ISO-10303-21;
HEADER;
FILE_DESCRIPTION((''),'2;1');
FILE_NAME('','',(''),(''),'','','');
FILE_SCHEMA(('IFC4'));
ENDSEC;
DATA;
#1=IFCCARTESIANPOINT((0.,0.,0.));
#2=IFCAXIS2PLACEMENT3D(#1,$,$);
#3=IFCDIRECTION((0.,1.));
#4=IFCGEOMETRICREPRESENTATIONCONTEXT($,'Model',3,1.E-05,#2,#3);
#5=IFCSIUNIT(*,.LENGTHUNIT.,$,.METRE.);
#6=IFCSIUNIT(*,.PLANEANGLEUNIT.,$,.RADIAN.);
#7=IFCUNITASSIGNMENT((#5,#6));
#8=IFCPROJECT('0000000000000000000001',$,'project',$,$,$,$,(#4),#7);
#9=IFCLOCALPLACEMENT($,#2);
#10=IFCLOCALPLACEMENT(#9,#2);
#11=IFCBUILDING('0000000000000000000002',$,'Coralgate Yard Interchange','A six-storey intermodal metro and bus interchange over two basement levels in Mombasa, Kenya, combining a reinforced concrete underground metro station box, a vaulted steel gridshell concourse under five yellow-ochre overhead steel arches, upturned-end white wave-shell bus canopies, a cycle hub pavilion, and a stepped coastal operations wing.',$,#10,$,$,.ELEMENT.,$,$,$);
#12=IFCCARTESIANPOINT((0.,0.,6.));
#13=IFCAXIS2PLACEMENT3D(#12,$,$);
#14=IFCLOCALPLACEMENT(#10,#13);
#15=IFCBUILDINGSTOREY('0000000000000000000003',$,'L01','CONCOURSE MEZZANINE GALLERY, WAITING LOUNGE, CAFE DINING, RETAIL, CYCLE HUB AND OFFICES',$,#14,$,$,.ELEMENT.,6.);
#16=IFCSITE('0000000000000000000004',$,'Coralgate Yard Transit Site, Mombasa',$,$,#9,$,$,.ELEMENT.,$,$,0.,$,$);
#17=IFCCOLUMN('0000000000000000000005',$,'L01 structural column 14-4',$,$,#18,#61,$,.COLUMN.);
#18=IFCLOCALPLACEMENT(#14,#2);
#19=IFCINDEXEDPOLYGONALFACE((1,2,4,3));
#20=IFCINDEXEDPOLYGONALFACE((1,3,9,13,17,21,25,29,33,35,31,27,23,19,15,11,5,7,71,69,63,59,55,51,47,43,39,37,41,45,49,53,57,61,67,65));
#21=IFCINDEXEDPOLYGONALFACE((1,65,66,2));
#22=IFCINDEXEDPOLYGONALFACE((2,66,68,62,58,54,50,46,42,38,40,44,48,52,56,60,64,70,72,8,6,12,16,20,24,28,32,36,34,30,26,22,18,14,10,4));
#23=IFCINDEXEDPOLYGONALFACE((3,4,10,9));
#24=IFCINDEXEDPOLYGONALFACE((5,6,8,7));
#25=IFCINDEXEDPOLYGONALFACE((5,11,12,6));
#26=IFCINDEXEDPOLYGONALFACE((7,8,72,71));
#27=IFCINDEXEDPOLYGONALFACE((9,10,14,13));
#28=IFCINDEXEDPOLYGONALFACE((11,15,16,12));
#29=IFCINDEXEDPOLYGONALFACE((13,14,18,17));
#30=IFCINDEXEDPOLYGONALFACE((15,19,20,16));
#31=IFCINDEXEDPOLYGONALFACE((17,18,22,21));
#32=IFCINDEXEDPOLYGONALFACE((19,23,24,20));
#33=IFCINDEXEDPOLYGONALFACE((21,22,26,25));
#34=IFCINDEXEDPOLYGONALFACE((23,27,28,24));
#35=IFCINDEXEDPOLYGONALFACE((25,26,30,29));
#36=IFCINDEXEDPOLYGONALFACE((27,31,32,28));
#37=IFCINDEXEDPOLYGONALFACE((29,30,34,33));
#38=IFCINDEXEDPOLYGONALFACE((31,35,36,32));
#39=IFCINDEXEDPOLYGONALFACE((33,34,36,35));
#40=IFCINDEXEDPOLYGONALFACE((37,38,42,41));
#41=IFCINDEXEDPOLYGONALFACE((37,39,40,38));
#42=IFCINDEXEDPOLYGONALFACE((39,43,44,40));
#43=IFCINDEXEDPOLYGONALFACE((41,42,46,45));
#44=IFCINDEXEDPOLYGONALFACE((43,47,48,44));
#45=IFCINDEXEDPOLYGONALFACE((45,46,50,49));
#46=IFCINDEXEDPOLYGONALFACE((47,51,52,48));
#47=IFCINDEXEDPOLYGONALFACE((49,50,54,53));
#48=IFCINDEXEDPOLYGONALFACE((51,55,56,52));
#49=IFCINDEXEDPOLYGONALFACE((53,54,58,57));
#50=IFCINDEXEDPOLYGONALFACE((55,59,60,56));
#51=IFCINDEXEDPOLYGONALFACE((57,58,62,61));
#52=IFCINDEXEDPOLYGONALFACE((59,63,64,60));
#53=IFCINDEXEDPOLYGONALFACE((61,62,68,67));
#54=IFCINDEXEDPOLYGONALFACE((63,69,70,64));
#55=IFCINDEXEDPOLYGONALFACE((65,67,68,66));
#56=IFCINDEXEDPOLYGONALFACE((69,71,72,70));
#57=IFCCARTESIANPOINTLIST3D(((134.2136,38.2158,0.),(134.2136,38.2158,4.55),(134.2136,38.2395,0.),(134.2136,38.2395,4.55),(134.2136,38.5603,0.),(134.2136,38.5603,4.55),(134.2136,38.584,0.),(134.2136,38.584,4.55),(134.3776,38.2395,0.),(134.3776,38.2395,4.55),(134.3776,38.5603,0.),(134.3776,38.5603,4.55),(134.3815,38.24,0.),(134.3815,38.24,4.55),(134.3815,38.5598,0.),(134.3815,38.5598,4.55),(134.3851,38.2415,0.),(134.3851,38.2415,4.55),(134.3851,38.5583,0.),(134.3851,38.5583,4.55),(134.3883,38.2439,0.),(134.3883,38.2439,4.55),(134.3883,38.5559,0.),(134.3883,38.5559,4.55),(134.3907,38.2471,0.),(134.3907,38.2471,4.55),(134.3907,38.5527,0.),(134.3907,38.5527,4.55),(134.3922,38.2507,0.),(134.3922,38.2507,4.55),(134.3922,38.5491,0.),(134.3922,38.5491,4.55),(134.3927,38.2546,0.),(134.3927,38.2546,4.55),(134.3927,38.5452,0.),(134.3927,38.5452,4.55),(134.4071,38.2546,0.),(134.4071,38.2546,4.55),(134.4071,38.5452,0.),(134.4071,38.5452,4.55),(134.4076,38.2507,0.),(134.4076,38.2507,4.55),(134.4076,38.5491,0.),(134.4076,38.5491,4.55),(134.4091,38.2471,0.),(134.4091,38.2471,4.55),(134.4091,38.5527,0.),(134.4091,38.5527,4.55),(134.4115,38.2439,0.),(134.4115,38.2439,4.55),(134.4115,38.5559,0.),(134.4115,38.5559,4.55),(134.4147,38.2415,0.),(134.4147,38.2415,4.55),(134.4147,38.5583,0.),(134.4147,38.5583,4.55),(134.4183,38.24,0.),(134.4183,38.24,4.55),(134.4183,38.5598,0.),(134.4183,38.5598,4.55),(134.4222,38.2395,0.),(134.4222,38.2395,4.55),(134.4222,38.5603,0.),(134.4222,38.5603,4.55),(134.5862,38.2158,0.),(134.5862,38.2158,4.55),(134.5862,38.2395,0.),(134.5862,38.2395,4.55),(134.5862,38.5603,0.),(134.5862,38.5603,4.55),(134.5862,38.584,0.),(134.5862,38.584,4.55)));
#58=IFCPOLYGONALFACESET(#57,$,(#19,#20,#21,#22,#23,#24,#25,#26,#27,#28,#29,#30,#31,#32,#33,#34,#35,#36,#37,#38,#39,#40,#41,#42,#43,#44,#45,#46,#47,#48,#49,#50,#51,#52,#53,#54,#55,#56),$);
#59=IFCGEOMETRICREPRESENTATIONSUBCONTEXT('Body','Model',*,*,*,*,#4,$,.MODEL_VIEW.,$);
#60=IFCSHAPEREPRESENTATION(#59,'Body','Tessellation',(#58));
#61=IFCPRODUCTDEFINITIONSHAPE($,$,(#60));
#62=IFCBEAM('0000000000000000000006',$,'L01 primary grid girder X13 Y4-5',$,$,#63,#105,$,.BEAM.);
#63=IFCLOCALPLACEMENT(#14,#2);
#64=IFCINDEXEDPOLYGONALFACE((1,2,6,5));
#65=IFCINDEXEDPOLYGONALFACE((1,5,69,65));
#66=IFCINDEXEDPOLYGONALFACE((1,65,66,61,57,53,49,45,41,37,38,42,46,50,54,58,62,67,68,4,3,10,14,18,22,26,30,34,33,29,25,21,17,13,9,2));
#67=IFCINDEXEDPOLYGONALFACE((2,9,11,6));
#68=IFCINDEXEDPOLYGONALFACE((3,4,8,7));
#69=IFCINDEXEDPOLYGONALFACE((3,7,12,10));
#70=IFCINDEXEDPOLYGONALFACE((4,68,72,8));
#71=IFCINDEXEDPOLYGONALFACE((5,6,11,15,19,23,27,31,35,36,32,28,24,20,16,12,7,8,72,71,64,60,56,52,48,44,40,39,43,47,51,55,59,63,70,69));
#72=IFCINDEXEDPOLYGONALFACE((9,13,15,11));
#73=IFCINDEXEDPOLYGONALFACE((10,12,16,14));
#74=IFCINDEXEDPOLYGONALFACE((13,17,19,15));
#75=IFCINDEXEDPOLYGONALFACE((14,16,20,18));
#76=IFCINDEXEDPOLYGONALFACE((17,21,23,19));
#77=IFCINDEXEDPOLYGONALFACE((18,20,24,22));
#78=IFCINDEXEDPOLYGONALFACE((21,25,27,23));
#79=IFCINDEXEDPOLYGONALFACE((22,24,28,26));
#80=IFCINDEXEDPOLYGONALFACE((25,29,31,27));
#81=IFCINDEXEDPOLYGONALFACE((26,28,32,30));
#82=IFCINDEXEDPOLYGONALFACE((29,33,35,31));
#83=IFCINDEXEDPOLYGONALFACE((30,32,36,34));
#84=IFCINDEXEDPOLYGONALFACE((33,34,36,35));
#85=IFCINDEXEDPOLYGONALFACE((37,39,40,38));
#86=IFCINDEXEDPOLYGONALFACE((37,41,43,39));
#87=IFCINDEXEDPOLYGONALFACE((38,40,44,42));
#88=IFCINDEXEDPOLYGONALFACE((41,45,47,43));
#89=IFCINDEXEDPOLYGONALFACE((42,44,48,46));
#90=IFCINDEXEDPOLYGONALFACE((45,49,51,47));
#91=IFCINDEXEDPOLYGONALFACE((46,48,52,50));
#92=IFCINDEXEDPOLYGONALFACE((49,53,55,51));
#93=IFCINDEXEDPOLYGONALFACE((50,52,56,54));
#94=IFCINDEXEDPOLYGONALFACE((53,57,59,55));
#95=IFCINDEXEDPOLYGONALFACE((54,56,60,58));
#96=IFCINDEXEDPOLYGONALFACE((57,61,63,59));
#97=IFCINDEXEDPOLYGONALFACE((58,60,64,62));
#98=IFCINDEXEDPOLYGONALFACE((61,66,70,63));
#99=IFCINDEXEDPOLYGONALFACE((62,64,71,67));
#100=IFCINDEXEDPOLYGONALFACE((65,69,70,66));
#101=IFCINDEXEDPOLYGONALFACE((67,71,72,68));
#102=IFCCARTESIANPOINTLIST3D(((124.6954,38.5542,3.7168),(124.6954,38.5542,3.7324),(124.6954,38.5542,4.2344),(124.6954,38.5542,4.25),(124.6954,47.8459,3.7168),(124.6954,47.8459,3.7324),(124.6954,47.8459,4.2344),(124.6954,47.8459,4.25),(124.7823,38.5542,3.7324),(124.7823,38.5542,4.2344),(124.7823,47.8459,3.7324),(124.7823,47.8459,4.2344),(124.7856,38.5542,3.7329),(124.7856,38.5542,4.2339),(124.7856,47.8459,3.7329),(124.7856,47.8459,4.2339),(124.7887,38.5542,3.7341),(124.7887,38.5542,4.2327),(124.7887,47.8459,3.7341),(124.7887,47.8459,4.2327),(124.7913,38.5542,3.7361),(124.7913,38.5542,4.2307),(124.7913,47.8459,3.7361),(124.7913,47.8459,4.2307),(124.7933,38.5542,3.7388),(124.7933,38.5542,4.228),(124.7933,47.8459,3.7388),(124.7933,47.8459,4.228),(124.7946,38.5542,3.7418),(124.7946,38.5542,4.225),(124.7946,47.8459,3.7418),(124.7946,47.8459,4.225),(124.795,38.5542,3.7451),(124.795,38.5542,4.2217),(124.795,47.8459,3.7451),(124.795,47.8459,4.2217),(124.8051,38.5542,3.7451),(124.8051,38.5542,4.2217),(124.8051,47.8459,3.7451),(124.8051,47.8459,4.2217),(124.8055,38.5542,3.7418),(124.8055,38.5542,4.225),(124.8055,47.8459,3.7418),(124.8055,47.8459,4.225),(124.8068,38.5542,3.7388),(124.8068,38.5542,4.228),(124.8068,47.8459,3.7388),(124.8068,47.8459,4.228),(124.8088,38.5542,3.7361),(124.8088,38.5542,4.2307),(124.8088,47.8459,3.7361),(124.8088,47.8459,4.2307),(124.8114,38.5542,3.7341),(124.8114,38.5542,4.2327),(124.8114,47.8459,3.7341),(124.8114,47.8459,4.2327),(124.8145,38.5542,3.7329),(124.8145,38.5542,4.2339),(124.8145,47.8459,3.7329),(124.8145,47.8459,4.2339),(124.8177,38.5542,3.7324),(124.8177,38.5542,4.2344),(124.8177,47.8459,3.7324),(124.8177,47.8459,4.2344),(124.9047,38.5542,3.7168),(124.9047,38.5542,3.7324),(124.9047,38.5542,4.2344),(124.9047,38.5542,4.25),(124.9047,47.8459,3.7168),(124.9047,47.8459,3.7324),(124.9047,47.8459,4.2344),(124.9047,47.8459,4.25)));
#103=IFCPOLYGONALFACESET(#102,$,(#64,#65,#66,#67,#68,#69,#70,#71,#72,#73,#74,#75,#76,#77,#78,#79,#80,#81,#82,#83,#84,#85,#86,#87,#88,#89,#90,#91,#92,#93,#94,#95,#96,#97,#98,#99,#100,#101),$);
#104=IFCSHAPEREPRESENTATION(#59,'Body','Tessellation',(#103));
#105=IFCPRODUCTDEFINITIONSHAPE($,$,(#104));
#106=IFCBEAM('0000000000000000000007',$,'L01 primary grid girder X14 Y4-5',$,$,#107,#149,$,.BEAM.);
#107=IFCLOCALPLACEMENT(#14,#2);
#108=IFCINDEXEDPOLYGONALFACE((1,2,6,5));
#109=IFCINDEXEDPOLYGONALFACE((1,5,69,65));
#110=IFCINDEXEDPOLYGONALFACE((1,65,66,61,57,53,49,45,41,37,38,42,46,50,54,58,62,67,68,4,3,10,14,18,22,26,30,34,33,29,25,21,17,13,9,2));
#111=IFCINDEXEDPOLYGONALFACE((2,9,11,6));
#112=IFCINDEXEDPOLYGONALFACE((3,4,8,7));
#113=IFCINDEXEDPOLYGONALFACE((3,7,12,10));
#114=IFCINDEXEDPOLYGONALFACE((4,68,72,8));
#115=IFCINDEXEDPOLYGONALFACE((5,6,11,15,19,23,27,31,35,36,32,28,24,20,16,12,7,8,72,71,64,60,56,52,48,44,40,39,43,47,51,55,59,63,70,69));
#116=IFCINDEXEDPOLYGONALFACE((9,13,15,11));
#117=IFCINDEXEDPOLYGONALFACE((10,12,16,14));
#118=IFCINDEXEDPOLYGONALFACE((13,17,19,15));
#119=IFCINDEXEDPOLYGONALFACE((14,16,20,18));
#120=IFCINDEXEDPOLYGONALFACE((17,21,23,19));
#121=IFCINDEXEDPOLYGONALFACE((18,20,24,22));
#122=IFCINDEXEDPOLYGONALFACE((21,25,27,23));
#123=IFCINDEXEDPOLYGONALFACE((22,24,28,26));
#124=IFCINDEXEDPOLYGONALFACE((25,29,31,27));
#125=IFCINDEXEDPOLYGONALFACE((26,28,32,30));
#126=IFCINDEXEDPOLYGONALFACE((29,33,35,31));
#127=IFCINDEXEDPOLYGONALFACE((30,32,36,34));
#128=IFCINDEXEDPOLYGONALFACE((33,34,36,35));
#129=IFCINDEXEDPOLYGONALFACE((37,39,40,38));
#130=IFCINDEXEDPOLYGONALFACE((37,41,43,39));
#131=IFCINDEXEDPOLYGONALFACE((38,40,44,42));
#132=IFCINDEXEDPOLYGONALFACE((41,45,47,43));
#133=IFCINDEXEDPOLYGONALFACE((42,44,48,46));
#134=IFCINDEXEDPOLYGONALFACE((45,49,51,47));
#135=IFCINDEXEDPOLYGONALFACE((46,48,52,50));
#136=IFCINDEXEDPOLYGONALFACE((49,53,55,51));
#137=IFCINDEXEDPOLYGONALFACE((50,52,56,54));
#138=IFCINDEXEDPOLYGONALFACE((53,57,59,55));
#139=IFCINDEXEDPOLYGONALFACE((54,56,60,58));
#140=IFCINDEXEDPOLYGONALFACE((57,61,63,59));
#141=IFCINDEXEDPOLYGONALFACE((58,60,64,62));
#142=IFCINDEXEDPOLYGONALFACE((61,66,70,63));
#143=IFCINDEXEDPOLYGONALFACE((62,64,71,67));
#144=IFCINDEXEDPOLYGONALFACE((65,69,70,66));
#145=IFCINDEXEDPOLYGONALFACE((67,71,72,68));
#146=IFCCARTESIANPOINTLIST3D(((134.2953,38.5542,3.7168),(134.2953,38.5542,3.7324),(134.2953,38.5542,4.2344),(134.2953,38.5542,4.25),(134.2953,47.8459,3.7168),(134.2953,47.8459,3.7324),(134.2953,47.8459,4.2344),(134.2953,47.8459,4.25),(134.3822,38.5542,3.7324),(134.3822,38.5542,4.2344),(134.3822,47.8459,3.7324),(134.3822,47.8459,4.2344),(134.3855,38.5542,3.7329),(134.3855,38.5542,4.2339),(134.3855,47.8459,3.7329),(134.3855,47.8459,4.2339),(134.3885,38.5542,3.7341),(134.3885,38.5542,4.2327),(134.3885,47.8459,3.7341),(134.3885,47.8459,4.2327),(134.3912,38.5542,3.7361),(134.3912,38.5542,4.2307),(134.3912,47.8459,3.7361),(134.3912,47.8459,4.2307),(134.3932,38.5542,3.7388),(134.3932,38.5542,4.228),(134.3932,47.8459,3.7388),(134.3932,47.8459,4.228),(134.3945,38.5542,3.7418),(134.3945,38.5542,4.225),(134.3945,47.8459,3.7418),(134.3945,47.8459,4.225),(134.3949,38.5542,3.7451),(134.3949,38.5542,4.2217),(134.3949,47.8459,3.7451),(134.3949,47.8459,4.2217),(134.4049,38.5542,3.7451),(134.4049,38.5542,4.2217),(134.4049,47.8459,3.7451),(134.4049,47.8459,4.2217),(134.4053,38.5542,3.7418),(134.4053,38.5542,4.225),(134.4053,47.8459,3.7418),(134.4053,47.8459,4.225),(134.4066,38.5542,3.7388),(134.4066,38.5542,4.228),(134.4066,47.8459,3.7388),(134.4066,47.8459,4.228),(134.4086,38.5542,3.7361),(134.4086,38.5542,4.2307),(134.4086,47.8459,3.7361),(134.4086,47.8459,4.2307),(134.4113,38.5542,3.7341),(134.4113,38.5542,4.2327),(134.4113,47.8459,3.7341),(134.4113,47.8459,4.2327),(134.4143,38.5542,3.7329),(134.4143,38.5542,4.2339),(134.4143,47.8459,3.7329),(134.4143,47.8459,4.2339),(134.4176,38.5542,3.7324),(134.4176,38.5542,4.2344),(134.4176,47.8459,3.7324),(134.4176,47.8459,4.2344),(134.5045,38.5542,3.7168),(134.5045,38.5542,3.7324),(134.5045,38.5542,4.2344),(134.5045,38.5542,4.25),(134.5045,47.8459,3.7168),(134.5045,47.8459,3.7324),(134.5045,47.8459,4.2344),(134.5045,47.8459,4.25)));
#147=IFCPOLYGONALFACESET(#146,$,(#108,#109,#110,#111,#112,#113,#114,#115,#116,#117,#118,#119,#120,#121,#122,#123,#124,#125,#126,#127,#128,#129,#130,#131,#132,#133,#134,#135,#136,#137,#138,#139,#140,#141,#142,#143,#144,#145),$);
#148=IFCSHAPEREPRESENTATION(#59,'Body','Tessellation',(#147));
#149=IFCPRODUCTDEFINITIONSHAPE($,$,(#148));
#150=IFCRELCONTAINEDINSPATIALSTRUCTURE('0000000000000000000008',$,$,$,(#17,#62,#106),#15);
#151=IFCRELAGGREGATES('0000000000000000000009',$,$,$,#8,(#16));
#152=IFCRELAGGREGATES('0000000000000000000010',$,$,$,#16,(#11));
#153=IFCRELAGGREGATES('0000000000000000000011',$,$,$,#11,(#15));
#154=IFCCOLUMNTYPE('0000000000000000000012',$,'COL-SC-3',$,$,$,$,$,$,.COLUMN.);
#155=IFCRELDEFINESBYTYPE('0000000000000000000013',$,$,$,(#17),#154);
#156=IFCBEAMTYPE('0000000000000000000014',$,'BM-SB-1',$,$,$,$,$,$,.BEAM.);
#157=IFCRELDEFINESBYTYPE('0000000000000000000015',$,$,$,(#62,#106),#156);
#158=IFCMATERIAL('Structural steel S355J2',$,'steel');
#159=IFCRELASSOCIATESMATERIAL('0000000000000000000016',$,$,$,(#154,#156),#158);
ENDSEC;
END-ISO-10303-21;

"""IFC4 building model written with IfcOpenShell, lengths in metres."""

from ifc_helpers import new_model, si_unit, direction, frame, origin, origin_2d, place, context, subcontext, project, spatial, i_section, extrude, material, material_profile, profile_set, type_object, element, save


model = new_model("IFC4")

# Units and contexts
model_context = context("Model", 3, precision=1e-05, world=origin(), true_north=direction((0.0, 1.0)))
body_context = subcontext(model_context, "Body", "Model", "MODEL_VIEW")
ifc_project = project(units=[si_unit("LENGTHUNIT", "METRE"), si_unit("PLANEANGLEUNIT", "RADIAN")], contexts=[model_context])

# Site, building, storey
site_placement = place(None, origin())
site = spatial("IfcSite", under=ifc_project, at=site_placement, Name="Coralgate Yard Transit Site, Mombasa", CompositionType="ELEMENT", RefElevation=0.0)
building_placement = place(site_placement, origin())
building = spatial("IfcBuilding", under=site, at=building_placement, Name="Coralgate Yard Interchange", Description="A six-storey intermodal metro and bus interchange over two basement levels in Mombasa, Kenya, combining a reinforced concrete underground metro station box, a vaulted steel gridshell concourse under five yellow-ochre overhead steel arches, upturned-end white wave-shell bus canopies, a cycle hub pavilion, and a stepped coastal operations wing.", CompositionType="ELEMENT")
storey_placement = place(building_placement, frame((0.0, 0.0, 6.0)))
storey = spatial("IfcBuildingStorey", under=building, at=storey_placement, Name="L01", Description="CONCOURSE MEZZANINE GALLERY, WAITING LOUNGE, CAFE DINING, RETAIL, CYCLE HUB AND OFFICES", CompositionType="ELEMENT", Elevation=6.0)

# Column
ifc_material_1 = material(Name="Structural steel S355J2", Category="steel")
ifc_material_profile_1 = material_profile(ifc_material_1, i_section(OverallWidth=0.3726, OverallDepth=0.3682, WebThickness=0.0144, FlangeThickness=0.0237, FilletRadius=0.0151, at=origin_2d()), Name="UC 356x368x177")
ifc_profile_set_1 = profile_set([ifc_material_profile_1], Name="Structural steel S355J2")
column_type = type_object("IfcColumnType", Name="COL-SC-3", PredefinedType="COLUMN", material=ifc_profile_set_1)
column_placement = place(storey_placement, frame((134.3999, 38.3999, 0.0), z_axis=(0.0, 0.0, 1.0), x_axis=(1.0, 0.0, 0.0)))
element("IfcColumn", 1, at=column_placement, inside=storey, type_object=column_type, Name="L01 structural column 14-4", PredefinedType="COLUMN", context=body_context, shape_type="SweptSolid", body=[
    extrude(i_section(OverallWidth=0.3726, OverallDepth=0.3682, WebThickness=0.0144, FlangeThickness=0.0237, FilletRadius=0.0151, at=origin_2d()), origin(), (0.0, 0.0, 1.0), 4.55),
])

# Beams
ifc_material_profile_2 = material_profile(ifc_material_1, i_section(OverallWidth=0.2092, OverallDepth=0.5332, WebThickness=0.01, FlangeThickness=0.0156, FilletRadius=0.0127, at=origin_2d()), Name="UB 533x210x92")
ifc_profile_set_2 = profile_set([ifc_material_profile_2], Name="Structural steel S355J2")
beam_type = type_object("IfcBeamType", Name="BM-SB-1", PredefinedType="BEAM", material=ifc_profile_set_2)
for number, where, z_axis, x_axis, name in (
    (2, (124.8, 38.5542, 3.9834), (0.0, 1.0, 0.0), (-1.0, 0.0, 0.0), "L01 primary grid girder X13 Y4-5"),
    (3, (134.3999, 38.5542, 3.9834), (0.0, 1.0, 0.0), (-1.0, 0.0, 0.0), "L01 primary grid girder X14 Y4-5"),
):
    element("IfcBeam", number, at=place(storey_placement, frame(where, z_axis=z_axis, x_axis=x_axis)), inside=storey, type_object=beam_type, Name=name, PredefinedType="BEAM", context=body_context, shape_type="SweptSolid", body=[
        extrude(i_section(OverallWidth=0.2092, OverallDepth=0.5332, WebThickness=0.01, FlangeThickness=0.0156, FilletRadius=0.0127, at=origin_2d()), origin(), (0.0, 0.0, 1.0), 9.2917),
    ])

save(model, "model.ifc")
